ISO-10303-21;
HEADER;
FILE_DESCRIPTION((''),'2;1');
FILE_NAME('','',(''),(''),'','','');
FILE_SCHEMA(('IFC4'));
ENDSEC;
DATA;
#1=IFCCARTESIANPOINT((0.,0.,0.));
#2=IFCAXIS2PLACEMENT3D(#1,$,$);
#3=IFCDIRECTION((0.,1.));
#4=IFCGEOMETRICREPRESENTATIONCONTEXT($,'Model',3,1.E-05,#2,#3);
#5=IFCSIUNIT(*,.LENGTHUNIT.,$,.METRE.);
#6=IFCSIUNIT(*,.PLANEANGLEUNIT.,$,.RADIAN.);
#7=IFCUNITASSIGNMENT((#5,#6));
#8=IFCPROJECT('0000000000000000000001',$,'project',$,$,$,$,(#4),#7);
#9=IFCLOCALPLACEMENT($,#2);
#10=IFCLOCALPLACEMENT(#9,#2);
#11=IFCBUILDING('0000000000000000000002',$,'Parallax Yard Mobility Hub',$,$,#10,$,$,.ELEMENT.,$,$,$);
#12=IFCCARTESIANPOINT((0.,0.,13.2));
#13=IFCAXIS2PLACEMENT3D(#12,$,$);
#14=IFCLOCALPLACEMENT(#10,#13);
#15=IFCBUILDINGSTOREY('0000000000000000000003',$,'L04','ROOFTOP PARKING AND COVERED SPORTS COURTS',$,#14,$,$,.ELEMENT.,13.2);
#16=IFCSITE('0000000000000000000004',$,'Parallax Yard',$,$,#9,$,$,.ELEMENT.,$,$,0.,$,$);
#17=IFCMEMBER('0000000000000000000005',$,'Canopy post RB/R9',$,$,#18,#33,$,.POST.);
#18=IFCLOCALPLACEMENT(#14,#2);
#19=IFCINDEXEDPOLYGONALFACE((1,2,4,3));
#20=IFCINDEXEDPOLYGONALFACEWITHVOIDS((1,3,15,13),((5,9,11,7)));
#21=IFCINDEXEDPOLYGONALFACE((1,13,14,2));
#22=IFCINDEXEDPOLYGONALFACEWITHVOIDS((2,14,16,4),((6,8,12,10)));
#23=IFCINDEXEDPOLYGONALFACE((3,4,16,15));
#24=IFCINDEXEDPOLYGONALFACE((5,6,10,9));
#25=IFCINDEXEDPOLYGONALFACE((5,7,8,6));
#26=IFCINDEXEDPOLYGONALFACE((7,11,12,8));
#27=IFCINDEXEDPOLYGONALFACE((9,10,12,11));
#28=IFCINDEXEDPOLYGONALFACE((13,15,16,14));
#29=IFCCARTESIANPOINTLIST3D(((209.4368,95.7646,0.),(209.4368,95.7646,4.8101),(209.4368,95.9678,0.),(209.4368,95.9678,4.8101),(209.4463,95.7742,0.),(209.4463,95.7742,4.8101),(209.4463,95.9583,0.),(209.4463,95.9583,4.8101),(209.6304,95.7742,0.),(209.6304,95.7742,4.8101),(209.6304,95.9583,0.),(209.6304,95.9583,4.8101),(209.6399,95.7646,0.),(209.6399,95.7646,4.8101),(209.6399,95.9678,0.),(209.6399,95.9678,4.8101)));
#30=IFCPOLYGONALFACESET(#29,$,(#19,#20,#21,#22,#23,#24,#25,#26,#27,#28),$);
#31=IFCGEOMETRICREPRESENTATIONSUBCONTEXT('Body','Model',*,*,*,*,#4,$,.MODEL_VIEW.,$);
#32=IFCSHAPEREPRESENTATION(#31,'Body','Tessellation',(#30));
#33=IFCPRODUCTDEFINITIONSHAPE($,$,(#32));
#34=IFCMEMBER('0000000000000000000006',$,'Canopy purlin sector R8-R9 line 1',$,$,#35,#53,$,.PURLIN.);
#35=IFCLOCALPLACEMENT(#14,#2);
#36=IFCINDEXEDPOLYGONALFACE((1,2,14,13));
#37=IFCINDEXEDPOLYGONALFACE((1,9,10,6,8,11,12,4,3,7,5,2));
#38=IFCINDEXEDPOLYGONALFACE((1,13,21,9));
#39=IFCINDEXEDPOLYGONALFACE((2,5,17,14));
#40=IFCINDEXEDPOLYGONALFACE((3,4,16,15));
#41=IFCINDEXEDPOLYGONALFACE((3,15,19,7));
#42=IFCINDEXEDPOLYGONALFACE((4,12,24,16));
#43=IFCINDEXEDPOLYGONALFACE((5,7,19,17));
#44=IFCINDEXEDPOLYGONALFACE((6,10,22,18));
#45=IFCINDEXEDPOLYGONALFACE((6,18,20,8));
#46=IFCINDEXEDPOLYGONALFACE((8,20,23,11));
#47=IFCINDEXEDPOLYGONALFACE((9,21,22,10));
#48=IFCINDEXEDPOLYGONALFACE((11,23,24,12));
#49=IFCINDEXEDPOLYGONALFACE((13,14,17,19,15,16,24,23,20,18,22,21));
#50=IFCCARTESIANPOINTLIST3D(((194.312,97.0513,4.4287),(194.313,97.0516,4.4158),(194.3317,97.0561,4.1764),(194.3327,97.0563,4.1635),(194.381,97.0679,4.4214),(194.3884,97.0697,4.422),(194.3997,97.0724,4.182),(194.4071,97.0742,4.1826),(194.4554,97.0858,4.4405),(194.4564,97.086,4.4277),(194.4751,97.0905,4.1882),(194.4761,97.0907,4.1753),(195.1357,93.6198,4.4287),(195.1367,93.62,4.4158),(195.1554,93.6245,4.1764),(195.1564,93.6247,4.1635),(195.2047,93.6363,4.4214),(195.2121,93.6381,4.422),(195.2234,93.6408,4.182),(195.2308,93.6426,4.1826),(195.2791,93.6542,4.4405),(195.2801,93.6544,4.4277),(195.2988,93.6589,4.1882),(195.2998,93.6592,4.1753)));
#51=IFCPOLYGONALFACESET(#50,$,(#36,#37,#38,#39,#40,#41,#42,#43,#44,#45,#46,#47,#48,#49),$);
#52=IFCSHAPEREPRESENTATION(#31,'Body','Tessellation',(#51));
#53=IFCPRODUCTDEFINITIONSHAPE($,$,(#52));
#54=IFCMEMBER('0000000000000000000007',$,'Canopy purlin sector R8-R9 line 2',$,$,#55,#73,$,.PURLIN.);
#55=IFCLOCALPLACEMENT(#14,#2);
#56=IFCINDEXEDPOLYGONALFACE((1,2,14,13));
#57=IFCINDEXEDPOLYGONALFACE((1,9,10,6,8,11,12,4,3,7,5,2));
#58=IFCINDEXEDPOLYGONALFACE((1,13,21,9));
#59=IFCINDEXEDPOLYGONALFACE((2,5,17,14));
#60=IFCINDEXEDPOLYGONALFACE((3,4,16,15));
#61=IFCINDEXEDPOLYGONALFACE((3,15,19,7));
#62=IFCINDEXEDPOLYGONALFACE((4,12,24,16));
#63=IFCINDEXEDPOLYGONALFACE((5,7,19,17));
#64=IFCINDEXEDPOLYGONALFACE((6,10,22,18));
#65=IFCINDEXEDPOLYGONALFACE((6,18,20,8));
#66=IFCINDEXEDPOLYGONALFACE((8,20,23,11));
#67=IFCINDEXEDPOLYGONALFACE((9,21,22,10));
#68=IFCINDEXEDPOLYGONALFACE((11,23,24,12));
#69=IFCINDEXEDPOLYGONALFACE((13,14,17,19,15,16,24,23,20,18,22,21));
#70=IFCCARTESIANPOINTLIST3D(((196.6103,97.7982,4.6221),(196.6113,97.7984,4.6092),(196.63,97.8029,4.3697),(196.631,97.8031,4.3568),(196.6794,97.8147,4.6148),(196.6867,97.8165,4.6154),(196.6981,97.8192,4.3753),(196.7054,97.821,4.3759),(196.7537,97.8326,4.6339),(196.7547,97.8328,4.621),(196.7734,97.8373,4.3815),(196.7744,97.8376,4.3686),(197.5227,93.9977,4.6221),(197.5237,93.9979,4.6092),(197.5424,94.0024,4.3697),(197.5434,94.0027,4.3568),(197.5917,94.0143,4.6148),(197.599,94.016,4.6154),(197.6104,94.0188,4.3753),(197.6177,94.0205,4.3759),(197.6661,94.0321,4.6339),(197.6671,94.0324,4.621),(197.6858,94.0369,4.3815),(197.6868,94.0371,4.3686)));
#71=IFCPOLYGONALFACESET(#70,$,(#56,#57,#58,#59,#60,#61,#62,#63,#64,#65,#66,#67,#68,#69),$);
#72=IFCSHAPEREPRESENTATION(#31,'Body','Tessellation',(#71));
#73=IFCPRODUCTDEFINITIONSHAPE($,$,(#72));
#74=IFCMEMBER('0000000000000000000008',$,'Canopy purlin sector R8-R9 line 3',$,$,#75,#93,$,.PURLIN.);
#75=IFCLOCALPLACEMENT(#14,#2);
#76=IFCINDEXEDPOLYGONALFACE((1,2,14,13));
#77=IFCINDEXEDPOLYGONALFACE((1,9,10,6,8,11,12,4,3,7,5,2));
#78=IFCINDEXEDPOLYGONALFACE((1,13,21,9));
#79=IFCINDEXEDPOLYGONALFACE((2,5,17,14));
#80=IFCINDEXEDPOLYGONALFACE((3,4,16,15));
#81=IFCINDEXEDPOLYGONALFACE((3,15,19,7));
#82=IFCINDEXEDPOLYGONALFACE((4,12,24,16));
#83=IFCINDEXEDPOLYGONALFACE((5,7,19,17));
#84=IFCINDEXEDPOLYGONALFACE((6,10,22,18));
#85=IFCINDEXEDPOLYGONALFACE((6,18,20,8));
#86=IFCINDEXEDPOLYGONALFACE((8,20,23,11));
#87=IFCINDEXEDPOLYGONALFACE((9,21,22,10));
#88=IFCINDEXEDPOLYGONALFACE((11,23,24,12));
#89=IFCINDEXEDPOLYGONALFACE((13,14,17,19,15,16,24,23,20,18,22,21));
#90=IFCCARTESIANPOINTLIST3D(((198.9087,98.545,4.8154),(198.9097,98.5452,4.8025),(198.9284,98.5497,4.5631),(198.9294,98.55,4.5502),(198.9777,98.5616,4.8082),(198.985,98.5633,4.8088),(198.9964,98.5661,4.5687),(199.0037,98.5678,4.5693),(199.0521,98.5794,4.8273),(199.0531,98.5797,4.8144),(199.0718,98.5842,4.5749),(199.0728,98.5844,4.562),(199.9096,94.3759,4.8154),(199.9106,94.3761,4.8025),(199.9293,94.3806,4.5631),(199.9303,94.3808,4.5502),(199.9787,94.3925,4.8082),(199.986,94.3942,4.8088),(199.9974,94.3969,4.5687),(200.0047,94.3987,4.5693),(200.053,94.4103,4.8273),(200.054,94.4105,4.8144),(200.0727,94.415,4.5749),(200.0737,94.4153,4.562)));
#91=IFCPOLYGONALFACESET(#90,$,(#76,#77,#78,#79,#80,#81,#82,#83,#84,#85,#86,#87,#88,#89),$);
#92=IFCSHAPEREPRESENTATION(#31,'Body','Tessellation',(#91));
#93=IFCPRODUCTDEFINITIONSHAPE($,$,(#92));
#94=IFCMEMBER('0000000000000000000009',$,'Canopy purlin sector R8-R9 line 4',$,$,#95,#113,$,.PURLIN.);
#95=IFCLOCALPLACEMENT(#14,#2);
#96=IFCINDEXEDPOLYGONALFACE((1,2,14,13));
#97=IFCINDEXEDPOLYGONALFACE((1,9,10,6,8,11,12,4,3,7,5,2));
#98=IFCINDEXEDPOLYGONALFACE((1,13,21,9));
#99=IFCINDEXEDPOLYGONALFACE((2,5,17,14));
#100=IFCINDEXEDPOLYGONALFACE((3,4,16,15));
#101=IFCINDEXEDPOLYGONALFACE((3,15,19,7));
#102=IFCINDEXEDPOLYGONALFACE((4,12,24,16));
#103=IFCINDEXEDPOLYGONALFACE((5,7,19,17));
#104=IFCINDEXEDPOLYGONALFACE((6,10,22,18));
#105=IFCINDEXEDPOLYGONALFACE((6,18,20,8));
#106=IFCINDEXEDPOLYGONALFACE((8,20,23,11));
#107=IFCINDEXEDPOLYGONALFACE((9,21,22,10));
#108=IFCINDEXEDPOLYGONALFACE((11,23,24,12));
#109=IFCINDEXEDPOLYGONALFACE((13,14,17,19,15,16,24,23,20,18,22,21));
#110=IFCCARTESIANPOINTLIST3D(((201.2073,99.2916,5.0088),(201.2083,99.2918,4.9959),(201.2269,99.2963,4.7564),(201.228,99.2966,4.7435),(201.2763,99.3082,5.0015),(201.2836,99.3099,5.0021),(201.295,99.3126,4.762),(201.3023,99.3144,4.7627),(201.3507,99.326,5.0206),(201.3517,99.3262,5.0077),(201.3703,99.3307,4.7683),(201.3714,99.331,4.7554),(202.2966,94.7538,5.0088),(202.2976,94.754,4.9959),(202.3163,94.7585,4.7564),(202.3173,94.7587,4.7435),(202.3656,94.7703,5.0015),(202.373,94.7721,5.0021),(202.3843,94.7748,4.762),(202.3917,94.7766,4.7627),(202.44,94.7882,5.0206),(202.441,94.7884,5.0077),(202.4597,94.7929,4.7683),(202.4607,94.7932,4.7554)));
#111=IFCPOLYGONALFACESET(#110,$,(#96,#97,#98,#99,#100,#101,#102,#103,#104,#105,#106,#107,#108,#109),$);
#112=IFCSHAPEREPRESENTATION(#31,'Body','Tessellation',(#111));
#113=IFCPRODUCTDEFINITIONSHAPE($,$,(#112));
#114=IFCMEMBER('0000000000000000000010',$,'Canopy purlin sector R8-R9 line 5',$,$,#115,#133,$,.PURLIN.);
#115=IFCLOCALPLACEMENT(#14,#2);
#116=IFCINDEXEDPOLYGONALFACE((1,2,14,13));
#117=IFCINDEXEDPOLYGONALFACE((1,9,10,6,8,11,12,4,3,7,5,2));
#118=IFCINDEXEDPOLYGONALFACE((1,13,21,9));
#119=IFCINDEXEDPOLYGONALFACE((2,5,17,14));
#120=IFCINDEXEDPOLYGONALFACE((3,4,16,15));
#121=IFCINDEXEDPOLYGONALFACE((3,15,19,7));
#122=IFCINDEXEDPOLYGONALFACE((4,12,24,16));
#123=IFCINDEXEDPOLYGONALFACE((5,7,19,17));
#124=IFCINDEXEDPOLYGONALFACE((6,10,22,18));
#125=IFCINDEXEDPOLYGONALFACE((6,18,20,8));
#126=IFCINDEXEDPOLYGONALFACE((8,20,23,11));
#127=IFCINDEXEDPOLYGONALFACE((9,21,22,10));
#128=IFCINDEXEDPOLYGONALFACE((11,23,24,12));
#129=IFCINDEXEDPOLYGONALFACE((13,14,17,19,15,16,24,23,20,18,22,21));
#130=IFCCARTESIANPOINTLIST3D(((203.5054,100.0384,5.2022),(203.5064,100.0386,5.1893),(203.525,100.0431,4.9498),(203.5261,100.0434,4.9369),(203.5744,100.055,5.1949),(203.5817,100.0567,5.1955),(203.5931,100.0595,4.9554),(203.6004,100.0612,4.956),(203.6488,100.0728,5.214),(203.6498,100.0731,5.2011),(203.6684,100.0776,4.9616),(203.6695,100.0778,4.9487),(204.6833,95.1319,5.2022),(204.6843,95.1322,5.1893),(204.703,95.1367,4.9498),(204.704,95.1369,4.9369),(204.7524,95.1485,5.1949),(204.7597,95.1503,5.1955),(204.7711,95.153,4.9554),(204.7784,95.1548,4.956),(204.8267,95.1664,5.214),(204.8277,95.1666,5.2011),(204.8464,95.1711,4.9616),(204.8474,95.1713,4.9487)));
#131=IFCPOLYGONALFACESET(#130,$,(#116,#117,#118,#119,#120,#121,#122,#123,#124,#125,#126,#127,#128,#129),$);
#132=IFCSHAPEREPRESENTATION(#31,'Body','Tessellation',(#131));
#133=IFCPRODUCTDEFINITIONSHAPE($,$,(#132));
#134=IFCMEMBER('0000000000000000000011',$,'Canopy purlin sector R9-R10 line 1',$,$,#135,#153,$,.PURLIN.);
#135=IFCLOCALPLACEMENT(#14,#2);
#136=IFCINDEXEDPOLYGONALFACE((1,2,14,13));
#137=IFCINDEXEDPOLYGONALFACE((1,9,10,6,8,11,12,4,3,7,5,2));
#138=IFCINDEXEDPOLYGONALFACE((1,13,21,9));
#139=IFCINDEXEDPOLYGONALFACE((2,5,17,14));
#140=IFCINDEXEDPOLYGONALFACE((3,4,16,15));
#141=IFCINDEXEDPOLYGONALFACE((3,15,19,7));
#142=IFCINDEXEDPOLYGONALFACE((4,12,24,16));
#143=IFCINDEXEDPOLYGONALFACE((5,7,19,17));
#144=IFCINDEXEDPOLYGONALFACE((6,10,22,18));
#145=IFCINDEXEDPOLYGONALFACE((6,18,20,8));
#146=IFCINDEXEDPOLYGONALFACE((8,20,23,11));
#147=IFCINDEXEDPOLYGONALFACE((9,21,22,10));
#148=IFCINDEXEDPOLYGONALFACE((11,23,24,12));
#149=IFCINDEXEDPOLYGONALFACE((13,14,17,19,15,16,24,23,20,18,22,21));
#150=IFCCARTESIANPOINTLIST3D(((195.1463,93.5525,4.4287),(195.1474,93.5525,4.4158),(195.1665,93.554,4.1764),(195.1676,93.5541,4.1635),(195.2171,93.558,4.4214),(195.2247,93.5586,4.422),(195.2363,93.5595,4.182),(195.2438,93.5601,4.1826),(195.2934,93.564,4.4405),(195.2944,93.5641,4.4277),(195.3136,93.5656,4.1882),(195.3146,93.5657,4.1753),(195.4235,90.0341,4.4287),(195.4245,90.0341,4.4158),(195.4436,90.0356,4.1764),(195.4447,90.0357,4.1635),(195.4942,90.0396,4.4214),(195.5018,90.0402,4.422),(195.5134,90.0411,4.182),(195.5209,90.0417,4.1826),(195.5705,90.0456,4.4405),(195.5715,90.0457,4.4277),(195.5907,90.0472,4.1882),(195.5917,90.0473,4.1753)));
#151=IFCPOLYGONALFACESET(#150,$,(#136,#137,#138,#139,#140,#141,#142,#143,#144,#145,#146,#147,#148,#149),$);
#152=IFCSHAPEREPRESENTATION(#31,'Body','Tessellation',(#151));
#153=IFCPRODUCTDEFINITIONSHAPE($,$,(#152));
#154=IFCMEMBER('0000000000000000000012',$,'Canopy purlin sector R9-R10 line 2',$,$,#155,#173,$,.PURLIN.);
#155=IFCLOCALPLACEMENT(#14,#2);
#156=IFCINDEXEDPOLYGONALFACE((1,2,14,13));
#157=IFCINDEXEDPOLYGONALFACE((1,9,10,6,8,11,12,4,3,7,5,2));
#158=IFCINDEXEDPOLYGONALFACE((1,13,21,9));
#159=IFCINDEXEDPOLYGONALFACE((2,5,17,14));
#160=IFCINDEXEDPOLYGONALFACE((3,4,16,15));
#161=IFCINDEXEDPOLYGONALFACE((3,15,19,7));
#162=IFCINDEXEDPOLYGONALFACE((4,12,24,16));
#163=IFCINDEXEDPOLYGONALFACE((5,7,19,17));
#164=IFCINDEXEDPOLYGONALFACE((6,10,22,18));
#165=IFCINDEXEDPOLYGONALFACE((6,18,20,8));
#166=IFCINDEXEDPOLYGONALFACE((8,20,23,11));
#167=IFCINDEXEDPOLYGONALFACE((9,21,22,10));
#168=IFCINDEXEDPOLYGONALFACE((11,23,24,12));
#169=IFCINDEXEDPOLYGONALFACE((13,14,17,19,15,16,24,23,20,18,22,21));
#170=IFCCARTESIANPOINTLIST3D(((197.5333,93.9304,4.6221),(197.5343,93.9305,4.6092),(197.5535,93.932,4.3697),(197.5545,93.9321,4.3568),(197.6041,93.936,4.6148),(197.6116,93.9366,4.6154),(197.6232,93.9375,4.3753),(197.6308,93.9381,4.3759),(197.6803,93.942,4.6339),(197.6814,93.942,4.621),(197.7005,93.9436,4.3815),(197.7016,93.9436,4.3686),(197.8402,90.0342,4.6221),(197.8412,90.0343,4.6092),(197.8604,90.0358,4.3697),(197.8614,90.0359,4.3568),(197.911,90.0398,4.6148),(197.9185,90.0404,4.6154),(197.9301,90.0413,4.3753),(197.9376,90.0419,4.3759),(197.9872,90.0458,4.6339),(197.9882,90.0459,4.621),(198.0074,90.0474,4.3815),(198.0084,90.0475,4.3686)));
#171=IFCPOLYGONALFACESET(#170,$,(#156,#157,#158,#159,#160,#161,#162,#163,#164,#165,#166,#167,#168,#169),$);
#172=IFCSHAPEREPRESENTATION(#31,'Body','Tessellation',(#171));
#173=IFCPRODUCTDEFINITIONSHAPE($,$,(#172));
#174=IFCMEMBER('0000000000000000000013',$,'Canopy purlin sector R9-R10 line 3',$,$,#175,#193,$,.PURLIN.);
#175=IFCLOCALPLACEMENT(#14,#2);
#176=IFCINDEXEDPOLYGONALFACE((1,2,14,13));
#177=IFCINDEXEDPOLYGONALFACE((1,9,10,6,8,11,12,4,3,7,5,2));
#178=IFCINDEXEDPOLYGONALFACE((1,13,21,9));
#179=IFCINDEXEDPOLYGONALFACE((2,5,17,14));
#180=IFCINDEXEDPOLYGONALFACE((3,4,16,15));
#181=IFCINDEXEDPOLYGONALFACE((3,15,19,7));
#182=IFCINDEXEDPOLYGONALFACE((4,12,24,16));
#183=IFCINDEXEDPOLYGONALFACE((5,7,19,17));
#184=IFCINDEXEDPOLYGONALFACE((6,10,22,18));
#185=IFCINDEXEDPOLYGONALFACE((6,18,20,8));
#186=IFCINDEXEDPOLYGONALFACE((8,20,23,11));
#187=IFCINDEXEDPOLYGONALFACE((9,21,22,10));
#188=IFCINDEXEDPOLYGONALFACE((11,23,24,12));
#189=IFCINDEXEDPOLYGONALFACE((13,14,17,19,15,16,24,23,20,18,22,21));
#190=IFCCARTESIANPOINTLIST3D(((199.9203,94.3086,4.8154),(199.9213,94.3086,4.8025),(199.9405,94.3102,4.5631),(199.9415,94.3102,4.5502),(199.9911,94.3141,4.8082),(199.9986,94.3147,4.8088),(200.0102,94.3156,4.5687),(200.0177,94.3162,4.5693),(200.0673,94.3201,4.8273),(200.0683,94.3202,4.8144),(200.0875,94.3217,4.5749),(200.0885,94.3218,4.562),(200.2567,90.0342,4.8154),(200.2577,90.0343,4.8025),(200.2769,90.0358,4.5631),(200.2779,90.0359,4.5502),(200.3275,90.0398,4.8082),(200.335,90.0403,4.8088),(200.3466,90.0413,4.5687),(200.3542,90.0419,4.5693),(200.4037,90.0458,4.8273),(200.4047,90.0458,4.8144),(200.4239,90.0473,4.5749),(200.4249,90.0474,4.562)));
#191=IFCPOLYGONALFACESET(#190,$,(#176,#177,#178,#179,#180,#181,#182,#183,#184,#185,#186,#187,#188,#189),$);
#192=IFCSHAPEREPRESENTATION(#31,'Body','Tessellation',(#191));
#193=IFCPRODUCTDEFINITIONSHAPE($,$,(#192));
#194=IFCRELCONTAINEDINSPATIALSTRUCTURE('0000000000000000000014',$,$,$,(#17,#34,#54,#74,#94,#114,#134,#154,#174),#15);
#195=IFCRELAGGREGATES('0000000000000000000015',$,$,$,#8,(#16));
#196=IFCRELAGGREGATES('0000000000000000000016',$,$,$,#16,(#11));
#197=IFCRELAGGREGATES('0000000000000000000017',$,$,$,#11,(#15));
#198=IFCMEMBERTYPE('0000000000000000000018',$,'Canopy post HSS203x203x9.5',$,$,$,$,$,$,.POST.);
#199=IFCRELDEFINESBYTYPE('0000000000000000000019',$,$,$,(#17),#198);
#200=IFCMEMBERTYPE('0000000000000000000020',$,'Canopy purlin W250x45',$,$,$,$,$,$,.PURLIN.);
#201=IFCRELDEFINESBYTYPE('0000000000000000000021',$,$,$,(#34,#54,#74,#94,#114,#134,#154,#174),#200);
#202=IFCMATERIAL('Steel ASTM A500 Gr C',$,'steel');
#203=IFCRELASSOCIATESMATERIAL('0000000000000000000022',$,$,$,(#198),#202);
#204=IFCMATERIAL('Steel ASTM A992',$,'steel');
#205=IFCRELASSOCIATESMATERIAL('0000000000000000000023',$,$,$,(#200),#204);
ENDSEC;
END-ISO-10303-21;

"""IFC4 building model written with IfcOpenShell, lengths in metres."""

from ifc_helpers import new_model, si_unit, direction, frame, origin, origin_2d, place, context, subcontext, project, spatial, hollow_rectangle, i_section, extrude, material, material_profile, profile_set, type_object, element, save


model = new_model("IFC4")

# Units and contexts
model_context = context("Model", 3, precision=1e-05, world=origin(), true_north=direction((0.0, 1.0)))
body_context = subcontext(model_context, "Body", "Model", "MODEL_VIEW")
ifc_project = project(units=[si_unit("LENGTHUNIT", "METRE"), si_unit("PLANEANGLEUNIT", "RADIAN")], contexts=[model_context])

# Site, building, storey
site_placement = place(None, origin())
site = spatial("IfcSite", under=ifc_project, at=site_placement, Name="Parallax Yard", CompositionType="ELEMENT", RefElevation=0.0)
building_placement = place(site_placement, origin())
building = spatial("IfcBuilding", under=site, at=building_placement, Name="Parallax Yard Mobility Hub", CompositionType="ELEMENT")
storey_placement = place(building_placement, frame((0.0, 0.0, 13.2)))
storey = spatial("IfcBuildingStorey", under=building, at=storey_placement, Name="L04", Description="ROOFTOP PARKING AND COVERED SPORTS COURTS", CompositionType="ELEMENT", Elevation=13.2)

# Members
ifc_material_1 = material(Name="Steel ASTM A500 Gr C", Category="steel")
ifc_material_profile_1 = material_profile(ifc_material_1, hollow_rectangle(XDim=0.2031, YDim=0.2031, WallThickness=0.0095, at=origin_2d()), Name="HSS203x203x9.5")
ifc_profile_set_1 = profile_set([ifc_material_profile_1], Name="Steel ASTM A500 Gr C")
member_type_1 = type_object("IfcMemberType", Name="Canopy post HSS203x203x9.5", PredefinedType="POST", material=ifc_profile_set_1)
member_1_placement = place(storey_placement, frame((209.5383, 95.8662, 0.0), z_axis=(0.0, 0.0, 1.0), x_axis=(1.0, 0.0, 0.0)))
element("IfcMember", 1, at=member_1_placement, inside=storey, type_object=member_type_1, Name="Canopy post RB/R9", PredefinedType="POST", context=body_context, shape_type="SweptSolid", body=[
    extrude(hollow_rectangle(XDim=0.2031, YDim=0.2031, WallThickness=0.0095, at=origin_2d()), origin(), (0.0, 0.0, 1.0), 4.8101),
])
ifc_material_2 = material(Name="Steel ASTM A992", Category="steel")
ifc_material_profile_2 = material_profile(ifc_material_2, i_section(OverallWidth=0.1479, OverallDepth=0.2661, WebThickness=0.0076, FlangeThickness=0.0129, at=origin_2d()), Name="W250x45")
ifc_profile_set_2 = profile_set([ifc_material_profile_2], Name="Steel ASTM A992")
member_type_2 = type_object("IfcMemberType", Name="Canopy purlin W250x45", PredefinedType="PURLIN", material=ifc_profile_set_2)
member_2_placement = place(storey_placement, frame((194.394, 97.071, 4.302), z_axis=(0.23341, -0.972379, 0.0), x_axis=(0.969263, 0.232662, 0.07999)))
element("IfcMember", 2, at=member_2_placement, inside=storey, type_object=member_type_2, Name="Canopy purlin sector R8-R9 line 1", PredefinedType="PURLIN", context=body_context, shape_type="SweptSolid", body=[
    extrude(i_section(OverallWidth=0.1479, OverallDepth=0.2661, WebThickness=0.0076, FlangeThickness=0.0129, at=origin_2d()), origin(), (0.0, 0.0, 1.0), 3.5291),
])
member_3_placement = place(storey_placement, frame((196.6924, 97.8179, 4.4954), z_axis=(0.233427, -0.972374, 0.0), x_axis=(0.969258, 0.232679, 0.07999)))
element("IfcMember", 3, at=member_3_placement, inside=storey, type_object=member_type_2, Name="Canopy purlin sector R8-R9 line 2", PredefinedType="PURLIN", context=body_context, shape_type="SweptSolid", body=[
    extrude(i_section(OverallWidth=0.1479, OverallDepth=0.2661, WebThickness=0.0076, FlangeThickness=0.0129, at=origin_2d()), origin(), (0.0, 0.0, 1.0), 3.9084),
])
member_4_placement = place(storey_placement, frame((198.9907, 98.5647, 4.6887), z_axis=(0.233455, -0.972368, 0.0), x_axis=(0.969252, 0.232707, 0.07999)))
element("IfcMember", 4, at=member_4_placement, inside=storey, type_object=member_type_2, Name="Canopy purlin sector R8-R9 line 3", PredefinedType="PURLIN", context=body_context, shape_type="SweptSolid", body=[
    extrude(i_section(OverallWidth=0.1479, OverallDepth=0.2661, WebThickness=0.0076, FlangeThickness=0.0129, at=origin_2d()), origin(), (0.0, 0.0, 1.0), 4.2876),
])
member_5_placement = place(storey_placement, frame((201.2893, 99.3113, 4.8821), z_axis=(0.233428, -0.972374, 0.0), x_axis=(0.969258, 0.23268, 0.07999)))
element("IfcMember", 5, at=member_5_placement, inside=storey, type_object=member_type_2, Name="Canopy purlin sector R8-R9 line 4", PredefinedType="PURLIN", context=body_context, shape_type="SweptSolid", body=[
    extrude(i_section(OverallWidth=0.1479, OverallDepth=0.2661, WebThickness=0.0076, FlangeThickness=0.0129, at=origin_2d()), origin(), (0.0, 0.0, 1.0), 4.6667),
])
member_6_placement = place(storey_placement, frame((203.5874, 100.0581, 5.0754), z_axis=(0.233452, -0.972368, 0.0), x_axis=(0.969253, 0.232704, 0.07999)))
element("IfcMember", 6, at=member_6_placement, inside=storey, type_object=member_type_2, Name="Canopy purlin sector R8-R9 line 5", PredefinedType="PURLIN", context=body_context, shape_type="SweptSolid", body=[
    extrude(i_section(OverallWidth=0.1479, OverallDepth=0.2661, WebThickness=0.0076, FlangeThickness=0.0129, at=origin_2d()), origin(), (0.0, 0.0, 1.0), 5.0459),
])
member_7_placement = place(storey_placement, frame((195.2305, 93.5591, 4.302), z_axis=(0.078516, -0.996913, 0.0), x_axis=(0.993718, 0.078265, 0.07999)))
element("IfcMember", 7, at=member_7_placement, inside=storey, type_object=member_type_2, Name="Canopy purlin sector R9-R10 line 1", PredefinedType="PURLIN", context=body_context, shape_type="SweptSolid", body=[
    extrude(i_section(OverallWidth=0.1479, OverallDepth=0.2661, WebThickness=0.0076, FlangeThickness=0.0129, at=origin_2d()), origin(), (0.0, 0.0, 1.0), 3.5293),
])
member_8_placement = place(storey_placement, frame((197.6174, 93.937, 4.4954), z_axis=(0.078521, -0.996912, 0.0), x_axis=(0.993718, 0.07827, 0.07999)))
element("IfcMember", 8, at=member_8_placement, inside=storey, type_object=member_type_2, Name="Canopy purlin sector R9-R10 line 2", PredefinedType="PURLIN", context=body_context, shape_type="SweptSolid", body=[
    extrude(i_section(OverallWidth=0.1479, OverallDepth=0.2661, WebThickness=0.0076, FlangeThickness=0.0129, at=origin_2d()), origin(), (0.0, 0.0, 1.0), 3.9082),
])
member_9_placement = place(storey_placement, frame((200.0044, 94.3152, 4.6887), z_axis=(0.078464, -0.996917, 0.0), x_axis=(0.993722, 0.078213, 0.07999)))
element("IfcMember", 9, at=member_9_placement, inside=storey, type_object=member_type_2, Name="Canopy purlin sector R9-R10 line 3", PredefinedType="PURLIN", context=body_context, shape_type="SweptSolid", body=[
    extrude(i_section(OverallWidth=0.1479, OverallDepth=0.2661, WebThickness=0.0076, FlangeThickness=0.0129, at=origin_2d()), origin(), (0.0, 0.0, 1.0), 4.2876),
])

save(model, "model.ifc")
